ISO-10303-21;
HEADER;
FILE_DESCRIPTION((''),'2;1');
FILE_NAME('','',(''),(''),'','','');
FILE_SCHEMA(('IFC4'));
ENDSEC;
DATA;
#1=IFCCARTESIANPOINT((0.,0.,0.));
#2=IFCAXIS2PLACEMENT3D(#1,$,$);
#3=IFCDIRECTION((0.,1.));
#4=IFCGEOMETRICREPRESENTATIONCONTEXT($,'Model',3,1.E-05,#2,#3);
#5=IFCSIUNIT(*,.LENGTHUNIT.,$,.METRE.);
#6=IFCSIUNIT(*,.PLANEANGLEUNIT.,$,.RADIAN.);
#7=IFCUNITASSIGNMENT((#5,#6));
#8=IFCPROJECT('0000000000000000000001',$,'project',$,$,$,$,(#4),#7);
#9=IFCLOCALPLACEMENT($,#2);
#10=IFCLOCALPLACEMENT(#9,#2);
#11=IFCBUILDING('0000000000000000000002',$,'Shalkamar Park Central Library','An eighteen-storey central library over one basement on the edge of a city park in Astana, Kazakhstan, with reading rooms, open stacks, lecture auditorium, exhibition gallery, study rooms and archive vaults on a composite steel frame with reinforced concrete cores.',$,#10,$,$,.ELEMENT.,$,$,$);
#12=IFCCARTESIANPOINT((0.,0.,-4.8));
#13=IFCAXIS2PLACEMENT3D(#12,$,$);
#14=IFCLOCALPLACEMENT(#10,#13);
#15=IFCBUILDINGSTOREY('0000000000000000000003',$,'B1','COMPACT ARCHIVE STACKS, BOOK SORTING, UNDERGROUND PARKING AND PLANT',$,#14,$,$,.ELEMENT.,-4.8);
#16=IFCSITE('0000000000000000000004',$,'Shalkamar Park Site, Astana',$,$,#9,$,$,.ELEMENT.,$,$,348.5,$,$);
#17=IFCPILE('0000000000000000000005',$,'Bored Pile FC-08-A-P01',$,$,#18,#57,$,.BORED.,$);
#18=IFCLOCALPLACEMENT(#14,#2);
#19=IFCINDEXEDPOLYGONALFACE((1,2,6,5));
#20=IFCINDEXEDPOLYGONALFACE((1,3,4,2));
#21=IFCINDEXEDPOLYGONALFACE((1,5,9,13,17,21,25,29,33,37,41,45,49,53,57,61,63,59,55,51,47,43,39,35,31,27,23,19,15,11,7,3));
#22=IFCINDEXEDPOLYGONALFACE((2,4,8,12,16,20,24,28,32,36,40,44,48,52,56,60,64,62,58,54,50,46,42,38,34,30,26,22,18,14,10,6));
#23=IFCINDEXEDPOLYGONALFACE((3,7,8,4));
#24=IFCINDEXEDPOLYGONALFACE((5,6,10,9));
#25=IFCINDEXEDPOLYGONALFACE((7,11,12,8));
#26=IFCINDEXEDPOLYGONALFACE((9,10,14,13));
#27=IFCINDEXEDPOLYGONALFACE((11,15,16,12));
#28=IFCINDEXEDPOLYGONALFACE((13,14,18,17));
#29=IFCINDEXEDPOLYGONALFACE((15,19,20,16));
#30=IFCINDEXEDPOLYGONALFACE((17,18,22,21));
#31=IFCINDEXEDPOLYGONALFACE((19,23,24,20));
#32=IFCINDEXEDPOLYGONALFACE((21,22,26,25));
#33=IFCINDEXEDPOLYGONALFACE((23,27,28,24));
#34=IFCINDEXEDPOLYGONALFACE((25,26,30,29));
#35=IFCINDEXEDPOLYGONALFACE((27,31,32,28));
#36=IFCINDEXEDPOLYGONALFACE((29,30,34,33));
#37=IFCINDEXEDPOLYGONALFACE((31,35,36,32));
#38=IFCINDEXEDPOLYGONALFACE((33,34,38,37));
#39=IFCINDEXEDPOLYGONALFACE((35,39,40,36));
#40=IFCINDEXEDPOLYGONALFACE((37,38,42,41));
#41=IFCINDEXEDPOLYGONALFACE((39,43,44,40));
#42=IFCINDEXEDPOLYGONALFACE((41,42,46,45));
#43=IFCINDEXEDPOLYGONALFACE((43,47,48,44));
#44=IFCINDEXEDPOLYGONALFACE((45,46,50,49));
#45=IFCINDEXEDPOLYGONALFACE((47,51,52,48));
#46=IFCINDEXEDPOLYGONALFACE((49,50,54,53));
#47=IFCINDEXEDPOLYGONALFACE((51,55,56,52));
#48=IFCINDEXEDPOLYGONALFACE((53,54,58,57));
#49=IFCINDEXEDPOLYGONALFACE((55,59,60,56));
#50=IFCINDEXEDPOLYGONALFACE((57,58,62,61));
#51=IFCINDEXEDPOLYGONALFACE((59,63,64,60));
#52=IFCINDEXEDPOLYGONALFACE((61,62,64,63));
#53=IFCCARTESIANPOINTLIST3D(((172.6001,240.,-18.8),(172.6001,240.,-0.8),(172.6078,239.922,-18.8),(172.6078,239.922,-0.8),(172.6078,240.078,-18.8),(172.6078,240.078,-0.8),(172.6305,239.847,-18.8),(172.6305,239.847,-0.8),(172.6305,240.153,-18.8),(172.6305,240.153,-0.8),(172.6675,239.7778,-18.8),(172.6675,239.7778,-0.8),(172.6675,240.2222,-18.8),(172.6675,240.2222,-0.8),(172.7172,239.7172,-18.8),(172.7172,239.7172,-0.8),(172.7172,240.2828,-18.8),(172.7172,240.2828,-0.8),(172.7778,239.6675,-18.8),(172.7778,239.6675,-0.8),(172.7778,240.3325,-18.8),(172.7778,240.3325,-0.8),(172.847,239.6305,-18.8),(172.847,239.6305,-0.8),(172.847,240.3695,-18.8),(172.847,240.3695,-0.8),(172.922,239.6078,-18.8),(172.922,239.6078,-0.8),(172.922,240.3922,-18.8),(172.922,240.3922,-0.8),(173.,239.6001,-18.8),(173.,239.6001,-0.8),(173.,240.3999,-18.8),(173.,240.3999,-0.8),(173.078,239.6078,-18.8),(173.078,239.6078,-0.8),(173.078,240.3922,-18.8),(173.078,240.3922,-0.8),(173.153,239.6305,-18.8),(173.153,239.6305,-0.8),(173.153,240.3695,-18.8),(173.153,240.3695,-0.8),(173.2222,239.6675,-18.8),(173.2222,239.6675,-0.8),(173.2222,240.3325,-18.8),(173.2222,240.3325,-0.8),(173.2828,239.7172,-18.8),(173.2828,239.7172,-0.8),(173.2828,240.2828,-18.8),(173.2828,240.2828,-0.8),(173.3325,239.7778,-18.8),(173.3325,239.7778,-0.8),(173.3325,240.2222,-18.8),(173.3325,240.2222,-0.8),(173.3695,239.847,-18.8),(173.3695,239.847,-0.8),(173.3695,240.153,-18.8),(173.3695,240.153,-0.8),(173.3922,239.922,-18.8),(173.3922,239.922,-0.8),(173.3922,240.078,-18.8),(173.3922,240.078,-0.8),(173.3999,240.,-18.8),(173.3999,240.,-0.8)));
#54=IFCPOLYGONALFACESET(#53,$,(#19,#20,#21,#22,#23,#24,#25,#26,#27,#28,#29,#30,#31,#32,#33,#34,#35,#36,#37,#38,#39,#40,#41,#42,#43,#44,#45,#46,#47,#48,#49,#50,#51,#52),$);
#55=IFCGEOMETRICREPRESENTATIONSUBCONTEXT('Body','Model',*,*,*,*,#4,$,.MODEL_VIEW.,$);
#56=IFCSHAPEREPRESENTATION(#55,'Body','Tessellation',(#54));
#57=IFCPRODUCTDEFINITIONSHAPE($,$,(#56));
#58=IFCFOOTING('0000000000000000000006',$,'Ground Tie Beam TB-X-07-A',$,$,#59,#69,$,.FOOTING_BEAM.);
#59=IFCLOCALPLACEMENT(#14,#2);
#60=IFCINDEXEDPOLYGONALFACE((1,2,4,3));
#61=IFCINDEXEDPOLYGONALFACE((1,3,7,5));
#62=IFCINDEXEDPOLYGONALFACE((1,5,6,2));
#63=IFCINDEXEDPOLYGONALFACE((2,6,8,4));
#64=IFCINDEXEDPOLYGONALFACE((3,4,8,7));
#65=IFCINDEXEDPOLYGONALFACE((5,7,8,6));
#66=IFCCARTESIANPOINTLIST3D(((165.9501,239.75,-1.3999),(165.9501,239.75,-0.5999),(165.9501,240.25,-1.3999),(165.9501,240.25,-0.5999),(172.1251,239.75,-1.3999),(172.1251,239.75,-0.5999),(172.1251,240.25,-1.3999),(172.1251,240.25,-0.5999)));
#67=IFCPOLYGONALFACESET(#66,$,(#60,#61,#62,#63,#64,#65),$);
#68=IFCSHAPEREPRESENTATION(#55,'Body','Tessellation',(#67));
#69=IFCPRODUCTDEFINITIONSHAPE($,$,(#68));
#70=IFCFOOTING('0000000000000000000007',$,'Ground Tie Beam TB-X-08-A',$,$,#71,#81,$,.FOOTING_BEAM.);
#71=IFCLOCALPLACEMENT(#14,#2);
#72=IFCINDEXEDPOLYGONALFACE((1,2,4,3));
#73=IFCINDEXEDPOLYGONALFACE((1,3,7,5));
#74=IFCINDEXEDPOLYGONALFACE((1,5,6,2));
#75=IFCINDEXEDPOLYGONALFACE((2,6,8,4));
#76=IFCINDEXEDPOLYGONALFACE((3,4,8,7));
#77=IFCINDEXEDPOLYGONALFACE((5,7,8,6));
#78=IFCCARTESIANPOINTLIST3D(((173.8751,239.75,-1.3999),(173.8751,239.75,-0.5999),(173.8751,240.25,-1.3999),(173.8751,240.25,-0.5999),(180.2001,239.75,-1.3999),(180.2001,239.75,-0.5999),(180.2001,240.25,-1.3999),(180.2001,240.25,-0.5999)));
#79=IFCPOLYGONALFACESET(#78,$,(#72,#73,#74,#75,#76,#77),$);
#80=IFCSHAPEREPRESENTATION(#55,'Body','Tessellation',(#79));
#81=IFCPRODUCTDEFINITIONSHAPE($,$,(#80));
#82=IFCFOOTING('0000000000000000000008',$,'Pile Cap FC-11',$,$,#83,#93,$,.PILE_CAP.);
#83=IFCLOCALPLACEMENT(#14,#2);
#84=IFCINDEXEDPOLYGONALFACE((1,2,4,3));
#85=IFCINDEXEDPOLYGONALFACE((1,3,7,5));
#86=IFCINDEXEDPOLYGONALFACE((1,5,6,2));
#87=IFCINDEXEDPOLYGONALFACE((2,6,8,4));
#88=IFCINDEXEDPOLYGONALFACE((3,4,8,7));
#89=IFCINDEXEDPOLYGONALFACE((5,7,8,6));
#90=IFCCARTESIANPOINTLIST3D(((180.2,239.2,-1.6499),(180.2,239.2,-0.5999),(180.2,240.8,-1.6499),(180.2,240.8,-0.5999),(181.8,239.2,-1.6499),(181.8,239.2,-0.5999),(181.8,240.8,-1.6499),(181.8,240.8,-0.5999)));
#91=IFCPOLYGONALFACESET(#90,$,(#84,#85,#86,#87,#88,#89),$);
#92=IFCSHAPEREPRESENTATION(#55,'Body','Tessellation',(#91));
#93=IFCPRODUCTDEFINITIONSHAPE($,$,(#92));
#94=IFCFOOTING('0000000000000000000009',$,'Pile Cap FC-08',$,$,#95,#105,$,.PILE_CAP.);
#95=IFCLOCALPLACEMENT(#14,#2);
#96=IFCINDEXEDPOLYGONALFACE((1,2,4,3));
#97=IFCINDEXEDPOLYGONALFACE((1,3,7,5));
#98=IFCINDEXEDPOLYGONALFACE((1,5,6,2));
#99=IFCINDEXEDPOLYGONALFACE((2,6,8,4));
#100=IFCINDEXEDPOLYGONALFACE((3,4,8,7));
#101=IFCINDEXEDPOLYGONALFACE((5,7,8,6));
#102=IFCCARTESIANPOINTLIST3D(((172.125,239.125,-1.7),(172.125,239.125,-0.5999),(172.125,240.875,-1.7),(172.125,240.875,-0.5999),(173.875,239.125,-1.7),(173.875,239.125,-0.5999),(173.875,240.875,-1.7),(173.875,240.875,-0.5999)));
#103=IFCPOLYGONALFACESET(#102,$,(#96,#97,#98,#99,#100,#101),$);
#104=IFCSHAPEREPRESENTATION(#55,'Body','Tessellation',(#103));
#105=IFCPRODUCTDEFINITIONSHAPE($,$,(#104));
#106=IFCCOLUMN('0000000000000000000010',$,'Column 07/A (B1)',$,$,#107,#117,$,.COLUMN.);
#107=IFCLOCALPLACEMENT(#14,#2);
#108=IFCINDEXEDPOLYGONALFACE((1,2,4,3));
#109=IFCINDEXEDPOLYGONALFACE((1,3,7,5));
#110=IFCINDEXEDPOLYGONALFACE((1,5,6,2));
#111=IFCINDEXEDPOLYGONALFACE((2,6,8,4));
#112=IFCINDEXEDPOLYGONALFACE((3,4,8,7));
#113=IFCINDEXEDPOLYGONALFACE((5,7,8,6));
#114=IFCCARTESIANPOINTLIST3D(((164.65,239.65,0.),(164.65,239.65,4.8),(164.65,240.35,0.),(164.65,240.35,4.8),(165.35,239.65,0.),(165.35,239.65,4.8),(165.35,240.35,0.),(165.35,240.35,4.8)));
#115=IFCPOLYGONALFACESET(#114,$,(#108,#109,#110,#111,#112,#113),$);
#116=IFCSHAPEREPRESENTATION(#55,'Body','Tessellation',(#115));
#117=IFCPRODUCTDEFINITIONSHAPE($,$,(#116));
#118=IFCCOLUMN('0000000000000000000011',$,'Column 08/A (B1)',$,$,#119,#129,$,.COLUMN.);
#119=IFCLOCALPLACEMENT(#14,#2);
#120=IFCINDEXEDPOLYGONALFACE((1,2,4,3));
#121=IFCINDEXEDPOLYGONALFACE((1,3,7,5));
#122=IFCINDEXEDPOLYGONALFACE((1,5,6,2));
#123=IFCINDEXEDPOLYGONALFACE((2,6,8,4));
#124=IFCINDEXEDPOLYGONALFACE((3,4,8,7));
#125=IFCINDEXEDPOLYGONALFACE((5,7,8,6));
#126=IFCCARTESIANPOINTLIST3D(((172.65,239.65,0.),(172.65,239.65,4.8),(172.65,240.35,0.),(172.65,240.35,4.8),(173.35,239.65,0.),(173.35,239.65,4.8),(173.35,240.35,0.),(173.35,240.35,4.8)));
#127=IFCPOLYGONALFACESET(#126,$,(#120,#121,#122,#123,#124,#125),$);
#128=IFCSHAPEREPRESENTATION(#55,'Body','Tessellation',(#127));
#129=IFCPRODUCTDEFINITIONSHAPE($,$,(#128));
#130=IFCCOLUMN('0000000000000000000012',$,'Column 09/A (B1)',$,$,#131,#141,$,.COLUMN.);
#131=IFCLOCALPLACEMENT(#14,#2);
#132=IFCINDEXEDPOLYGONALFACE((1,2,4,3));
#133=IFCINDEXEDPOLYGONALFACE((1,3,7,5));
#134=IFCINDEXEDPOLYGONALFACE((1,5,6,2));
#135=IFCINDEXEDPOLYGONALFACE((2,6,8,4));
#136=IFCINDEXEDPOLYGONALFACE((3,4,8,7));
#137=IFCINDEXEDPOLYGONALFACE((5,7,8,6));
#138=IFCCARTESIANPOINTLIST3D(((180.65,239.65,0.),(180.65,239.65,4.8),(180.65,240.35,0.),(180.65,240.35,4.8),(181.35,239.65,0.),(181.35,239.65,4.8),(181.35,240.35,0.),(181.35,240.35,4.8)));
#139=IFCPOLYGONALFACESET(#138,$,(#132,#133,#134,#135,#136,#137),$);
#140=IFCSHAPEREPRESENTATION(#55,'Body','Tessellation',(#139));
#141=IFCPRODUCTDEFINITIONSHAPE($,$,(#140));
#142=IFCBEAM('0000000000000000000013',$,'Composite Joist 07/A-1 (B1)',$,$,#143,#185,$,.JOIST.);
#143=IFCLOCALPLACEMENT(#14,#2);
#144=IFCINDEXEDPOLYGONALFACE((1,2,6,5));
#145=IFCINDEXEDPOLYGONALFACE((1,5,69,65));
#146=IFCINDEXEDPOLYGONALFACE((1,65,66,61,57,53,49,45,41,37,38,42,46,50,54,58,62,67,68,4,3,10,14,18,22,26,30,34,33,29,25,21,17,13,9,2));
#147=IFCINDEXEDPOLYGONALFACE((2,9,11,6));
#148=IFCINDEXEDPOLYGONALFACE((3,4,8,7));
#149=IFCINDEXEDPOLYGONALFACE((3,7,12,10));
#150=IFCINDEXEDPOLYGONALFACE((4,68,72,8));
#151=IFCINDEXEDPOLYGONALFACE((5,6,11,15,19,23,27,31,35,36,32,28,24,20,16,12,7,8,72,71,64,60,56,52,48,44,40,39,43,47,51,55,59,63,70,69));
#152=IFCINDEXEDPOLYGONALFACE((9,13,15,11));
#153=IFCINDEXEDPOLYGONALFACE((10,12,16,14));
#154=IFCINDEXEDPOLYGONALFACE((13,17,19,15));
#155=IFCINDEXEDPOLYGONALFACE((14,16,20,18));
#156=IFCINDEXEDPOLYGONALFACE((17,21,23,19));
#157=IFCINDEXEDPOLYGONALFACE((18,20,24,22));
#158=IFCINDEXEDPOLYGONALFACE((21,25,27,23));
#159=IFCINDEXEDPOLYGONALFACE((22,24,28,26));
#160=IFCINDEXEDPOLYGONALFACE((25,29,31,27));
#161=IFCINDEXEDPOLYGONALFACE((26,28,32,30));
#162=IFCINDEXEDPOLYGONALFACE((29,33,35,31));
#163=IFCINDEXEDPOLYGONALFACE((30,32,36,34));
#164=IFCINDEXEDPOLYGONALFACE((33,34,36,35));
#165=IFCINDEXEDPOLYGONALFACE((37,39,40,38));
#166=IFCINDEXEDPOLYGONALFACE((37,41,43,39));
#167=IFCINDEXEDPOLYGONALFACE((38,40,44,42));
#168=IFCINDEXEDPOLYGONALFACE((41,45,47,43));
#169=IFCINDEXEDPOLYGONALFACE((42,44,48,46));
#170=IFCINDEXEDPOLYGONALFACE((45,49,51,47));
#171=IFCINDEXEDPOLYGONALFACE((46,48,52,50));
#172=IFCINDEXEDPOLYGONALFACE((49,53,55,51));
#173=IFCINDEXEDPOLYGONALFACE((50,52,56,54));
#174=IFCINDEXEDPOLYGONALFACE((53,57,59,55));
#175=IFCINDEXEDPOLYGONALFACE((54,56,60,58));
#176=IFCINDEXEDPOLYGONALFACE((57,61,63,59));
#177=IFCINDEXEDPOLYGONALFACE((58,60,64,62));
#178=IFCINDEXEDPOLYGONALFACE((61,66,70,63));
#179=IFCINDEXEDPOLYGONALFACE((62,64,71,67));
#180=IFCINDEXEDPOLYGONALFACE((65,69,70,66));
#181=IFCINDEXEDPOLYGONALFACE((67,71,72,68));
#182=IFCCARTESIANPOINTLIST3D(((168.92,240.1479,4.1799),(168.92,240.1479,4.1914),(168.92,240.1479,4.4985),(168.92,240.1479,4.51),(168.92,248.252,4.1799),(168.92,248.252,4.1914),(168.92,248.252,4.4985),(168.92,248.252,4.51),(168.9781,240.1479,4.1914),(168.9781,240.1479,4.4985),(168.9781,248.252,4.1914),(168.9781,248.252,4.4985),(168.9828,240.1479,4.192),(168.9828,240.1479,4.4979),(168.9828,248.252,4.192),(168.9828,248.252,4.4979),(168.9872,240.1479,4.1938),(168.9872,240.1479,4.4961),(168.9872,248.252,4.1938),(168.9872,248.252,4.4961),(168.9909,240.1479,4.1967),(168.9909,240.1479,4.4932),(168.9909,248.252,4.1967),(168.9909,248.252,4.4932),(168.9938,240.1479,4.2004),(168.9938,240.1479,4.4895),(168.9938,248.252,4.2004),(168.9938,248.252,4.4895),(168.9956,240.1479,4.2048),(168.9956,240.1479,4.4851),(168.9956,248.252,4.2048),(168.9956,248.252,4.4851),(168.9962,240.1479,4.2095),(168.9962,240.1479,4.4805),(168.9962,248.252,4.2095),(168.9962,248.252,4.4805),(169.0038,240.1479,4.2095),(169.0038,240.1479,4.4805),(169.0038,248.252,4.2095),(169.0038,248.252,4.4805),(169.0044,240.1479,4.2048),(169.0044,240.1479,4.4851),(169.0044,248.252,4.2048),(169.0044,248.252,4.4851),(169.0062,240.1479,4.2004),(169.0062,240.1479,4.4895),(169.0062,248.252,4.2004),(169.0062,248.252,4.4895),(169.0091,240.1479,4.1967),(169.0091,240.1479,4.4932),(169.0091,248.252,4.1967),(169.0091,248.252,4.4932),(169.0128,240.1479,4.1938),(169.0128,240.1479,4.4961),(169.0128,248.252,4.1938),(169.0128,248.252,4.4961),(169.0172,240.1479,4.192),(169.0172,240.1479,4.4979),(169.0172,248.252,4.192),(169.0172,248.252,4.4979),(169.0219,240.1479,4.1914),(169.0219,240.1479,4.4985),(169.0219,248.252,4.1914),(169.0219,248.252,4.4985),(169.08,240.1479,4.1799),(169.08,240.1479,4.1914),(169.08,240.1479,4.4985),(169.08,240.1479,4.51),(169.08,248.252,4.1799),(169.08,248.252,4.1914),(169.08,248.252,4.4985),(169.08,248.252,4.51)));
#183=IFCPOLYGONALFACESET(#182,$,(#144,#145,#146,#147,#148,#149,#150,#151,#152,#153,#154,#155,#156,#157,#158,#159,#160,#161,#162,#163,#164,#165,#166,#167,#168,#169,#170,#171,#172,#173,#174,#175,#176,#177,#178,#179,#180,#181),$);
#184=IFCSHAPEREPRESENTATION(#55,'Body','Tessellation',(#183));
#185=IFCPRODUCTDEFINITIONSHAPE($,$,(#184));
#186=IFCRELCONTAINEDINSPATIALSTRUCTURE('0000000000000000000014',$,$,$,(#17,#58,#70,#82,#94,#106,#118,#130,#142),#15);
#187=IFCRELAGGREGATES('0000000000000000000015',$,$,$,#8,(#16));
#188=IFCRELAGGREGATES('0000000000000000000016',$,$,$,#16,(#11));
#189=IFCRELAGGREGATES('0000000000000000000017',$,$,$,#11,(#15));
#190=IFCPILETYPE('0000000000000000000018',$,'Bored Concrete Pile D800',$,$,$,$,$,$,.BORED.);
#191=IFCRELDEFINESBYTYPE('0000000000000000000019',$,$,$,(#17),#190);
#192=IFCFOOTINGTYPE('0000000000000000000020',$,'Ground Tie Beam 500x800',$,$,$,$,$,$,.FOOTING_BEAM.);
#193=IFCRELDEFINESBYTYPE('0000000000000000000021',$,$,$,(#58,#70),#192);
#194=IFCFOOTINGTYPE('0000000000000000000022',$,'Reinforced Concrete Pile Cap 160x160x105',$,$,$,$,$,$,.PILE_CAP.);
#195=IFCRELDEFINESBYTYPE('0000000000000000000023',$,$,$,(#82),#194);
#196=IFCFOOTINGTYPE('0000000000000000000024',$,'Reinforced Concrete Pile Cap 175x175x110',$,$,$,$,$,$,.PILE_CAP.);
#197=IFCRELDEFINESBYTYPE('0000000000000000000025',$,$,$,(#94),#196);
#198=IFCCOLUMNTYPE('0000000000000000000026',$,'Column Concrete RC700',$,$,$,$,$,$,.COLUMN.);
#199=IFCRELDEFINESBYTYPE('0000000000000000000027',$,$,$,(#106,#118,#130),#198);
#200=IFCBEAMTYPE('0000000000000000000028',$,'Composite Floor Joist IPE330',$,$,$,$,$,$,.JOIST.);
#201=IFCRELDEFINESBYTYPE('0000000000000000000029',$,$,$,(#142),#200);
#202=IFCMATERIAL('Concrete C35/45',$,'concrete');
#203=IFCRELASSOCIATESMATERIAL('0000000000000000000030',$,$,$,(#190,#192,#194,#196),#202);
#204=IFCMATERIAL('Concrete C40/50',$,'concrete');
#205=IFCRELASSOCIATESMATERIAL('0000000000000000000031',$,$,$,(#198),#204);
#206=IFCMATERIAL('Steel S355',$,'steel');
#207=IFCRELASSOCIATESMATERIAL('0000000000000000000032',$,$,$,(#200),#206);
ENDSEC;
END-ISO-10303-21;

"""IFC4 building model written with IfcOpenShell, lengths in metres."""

from ifc_helpers import new_model, si_unit, direction, frame, origin, origin_2d, place, context, subcontext, project, spatial, rectangle, circle, i_section, extrude, material, material_profile, profile_set, type_object, element, save


model = new_model("IFC4")

# Units and contexts
model_context = context("Model", 3, precision=1e-05, world=origin(), true_north=direction((0.0, 1.0)))
body_context = subcontext(model_context, "Body", "Model", "MODEL_VIEW")
ifc_project = project(units=[si_unit("LENGTHUNIT", "METRE"), si_unit("PLANEANGLEUNIT", "RADIAN")], contexts=[model_context])

# Site, building, storey
site_placement = place(None, origin())
site = spatial("IfcSite", under=ifc_project, at=site_placement, Name="Shalkamar Park Site, Astana", CompositionType="ELEMENT", RefElevation=348.5)
building_placement = place(site_placement, origin())
building = spatial("IfcBuilding", under=site, at=building_placement, Name="Shalkamar Park Central Library", Description="An eighteen-storey central library over one basement on the edge of a city park in Astana, Kazakhstan, with reading rooms, open stacks, lecture auditorium, exhibition gallery, study rooms and archive vaults on a composite steel frame with reinforced concrete cores.", CompositionType="ELEMENT")
storey_placement = place(building_placement, frame((0.0, 0.0, -4.8)))
storey = spatial("IfcBuildingStorey", under=building, at=storey_placement, Name="B1", Description="COMPACT ARCHIVE STACKS, BOOK SORTING, UNDERGROUND PARKING AND PLANT", CompositionType="ELEMENT", Elevation=-4.8)

# Pile
ifc_material_1 = material(Name="Concrete C35/45", Category="concrete")
ifc_material_profile_1 = material_profile(ifc_material_1, circle(Radius=0.3999, at=origin_2d()), Name="PILE D800")
ifc_profile_set_1 = profile_set([ifc_material_profile_1], Name="Concrete C35/45")
pile_type_1 = type_object("IfcPileType", Name="Bored Concrete Pile D800", PredefinedType="BORED", material=ifc_profile_set_1)
pile_1_placement = place(storey_placement, frame((173.0, 240.0, -0.8), z_axis=(0.0, 0.0, -1.0), x_axis=(1.0, 0.0, 0.0)))
element("IfcPile", 1, at=pile_1_placement, inside=storey, type_object=pile_type_1, Name="Bored Pile FC-08-A-P01", PredefinedType="BORED", context=body_context, shape_type="SweptSolid", body=[
    extrude(circle(Radius=0.3999, at=origin_2d()), origin(), (0.0, 0.0, 1.0), 18.0),
])

# Footings
footing_type_1 = type_object("IfcFootingType", Name="Ground Tie Beam 500x800", PredefinedType="FOOTING_BEAM", material=ifc_material_1)
footing_1_placement = place(storey_placement, frame((169.0376, 240.0, -1.3999), z_axis=(0.0, 0.0, 1.0), x_axis=(1.0, 0.0, 0.0)))
element("IfcFooting", 2, at=footing_1_placement, inside=storey, type_object=footing_type_1, Name="Ground Tie Beam TB-X-07-A", PredefinedType="FOOTING_BEAM", context=body_context, shape_type="SweptSolid", body=[
    extrude(rectangle(XDim=6.175, YDim=0.5, at=origin_2d()), origin(), (0.0, 0.0, 1.0), 0.8),
])
footing_2_placement = place(storey_placement, frame((177.0376, 240.0, -1.3999), z_axis=(0.0, 0.0, 1.0), x_axis=(1.0, 0.0, 0.0)))
element("IfcFooting", 3, at=footing_2_placement, inside=storey, type_object=footing_type_1, Name="Ground Tie Beam TB-X-08-A", PredefinedType="FOOTING_BEAM", context=body_context, shape_type="SweptSolid", body=[
    extrude(rectangle(XDim=6.325, YDim=0.5, at=origin_2d()), origin(), (0.0, 0.0, 1.0), 0.8),
])
footing_type_2 = type_object("IfcFootingType", Name="Reinforced Concrete Pile Cap 160x160x105", PredefinedType="PILE_CAP", material=ifc_material_1)
footing_3_placement = place(storey_placement, frame((181.0, 240.0, -1.6499), z_axis=(0.0, 0.0, 1.0), x_axis=(1.0, 0.0, 0.0)))
element("IfcFooting", 4, at=footing_3_placement, inside=storey, type_object=footing_type_2, Name="Pile Cap FC-11", PredefinedType="PILE_CAP", context=body_context, shape_type="SweptSolid", body=[
    extrude(rectangle(XDim=1.6001, YDim=1.6001, at=origin_2d()), origin(), (0.0, 0.0, 1.0), 1.05),
])
footing_type_3 = type_object("IfcFootingType", Name="Reinforced Concrete Pile Cap 175x175x110", PredefinedType="PILE_CAP", material=ifc_material_1)
footing_4_placement = place(storey_placement, frame((173.0, 240.0, -1.7), z_axis=(0.0, 0.0, 1.0), x_axis=(1.0, 0.0, 0.0)))
element("IfcFooting", 5, at=footing_4_placement, inside=storey, type_object=footing_type_3, Name="Pile Cap FC-08", PredefinedType="PILE_CAP", context=body_context, shape_type="SweptSolid", body=[
    extrude(rectangle(XDim=1.75, YDim=1.75, at=origin_2d()), origin(), (0.0, 0.0, 1.0), 1.1001),
])

# Columns
ifc_material_2 = material(Name="Concrete C40/50", Category="concrete")
ifc_material_profile_2 = material_profile(ifc_material_2, rectangle(XDim=0.7, YDim=0.7, at=origin_2d()), Name="RC 700x700")
ifc_profile_set_2 = profile_set([ifc_material_profile_2], Name="Concrete C40/50")
column_type = type_object("IfcColumnType", Name="Column Concrete RC700", PredefinedType="COLUMN", material=ifc_profile_set_2)
for number, where, z_axis, x_axis, name in (
    (6, (165.0, 240.0, 0.0), (0.0, 0.0, 1.0), (1.0, 0.0, 0.0), "Column 07/A (B1)"),
    (7, (173.0, 240.0, 0.0), (0.0, 0.0, 1.0), (1.0, 0.0, 0.0), "Column 08/A (B1)"),
    (8, (181.0, 240.0, 0.0), (0.0, 0.0, 1.0), (1.0, 0.0, 0.0), "Column 09/A (B1)"),
):
    element("IfcColumn", number, at=place(storey_placement, frame(where, z_axis=z_axis, x_axis=x_axis)), inside=storey, type_object=column_type, Name=name, PredefinedType="COLUMN", context=body_context, shape_type="SweptSolid", body=[
        extrude(rectangle(XDim=0.7, YDim=0.7, at=origin_2d()), origin(), (0.0, 0.0, 1.0), 4.8),
    ])

# Beam
ifc_material_3 = material(Name="Steel S355", Category="steel")
ifc_material_profile_3 = material_profile(ifc_material_3, i_section(OverallWidth=0.1599, OverallDepth=0.3301, WebThickness=0.0076, FlangeThickness=0.0115, FilletRadius=0.0181, at=origin_2d()), Name="IPE 330")
ifc_profile_set_3 = profile_set([ifc_material_profile_3], Name="Steel S355")
beam_type_1 = type_object("IfcBeamType", Name="Composite Floor Joist IPE330", PredefinedType="JOIST", material=ifc_profile_set_3)
for number, where, z_axis, x_axis, name in (
    (9, (169.0, 240.1479, 4.345), (0.0, 1.0, 0.0), (-1.0, 0.0, 0.0), "Composite Joist 07/A-1 (B1)"),
):
    element("IfcBeam", number, at=place(storey_placement, frame(where, z_axis=z_axis, x_axis=x_axis)), inside=storey, type_object=beam_type_1, Name=name, PredefinedType="JOIST", context=body_context, shape_type="SweptSolid", body=[
        extrude(i_section(OverallWidth=0.1599, OverallDepth=0.3301, WebThickness=0.0076, FlangeThickness=0.0115, FilletRadius=0.0181, at=origin_2d()), origin(), (0.0, 0.0, 1.0), 8.104),
    ])

save(model, "model.ifc")
